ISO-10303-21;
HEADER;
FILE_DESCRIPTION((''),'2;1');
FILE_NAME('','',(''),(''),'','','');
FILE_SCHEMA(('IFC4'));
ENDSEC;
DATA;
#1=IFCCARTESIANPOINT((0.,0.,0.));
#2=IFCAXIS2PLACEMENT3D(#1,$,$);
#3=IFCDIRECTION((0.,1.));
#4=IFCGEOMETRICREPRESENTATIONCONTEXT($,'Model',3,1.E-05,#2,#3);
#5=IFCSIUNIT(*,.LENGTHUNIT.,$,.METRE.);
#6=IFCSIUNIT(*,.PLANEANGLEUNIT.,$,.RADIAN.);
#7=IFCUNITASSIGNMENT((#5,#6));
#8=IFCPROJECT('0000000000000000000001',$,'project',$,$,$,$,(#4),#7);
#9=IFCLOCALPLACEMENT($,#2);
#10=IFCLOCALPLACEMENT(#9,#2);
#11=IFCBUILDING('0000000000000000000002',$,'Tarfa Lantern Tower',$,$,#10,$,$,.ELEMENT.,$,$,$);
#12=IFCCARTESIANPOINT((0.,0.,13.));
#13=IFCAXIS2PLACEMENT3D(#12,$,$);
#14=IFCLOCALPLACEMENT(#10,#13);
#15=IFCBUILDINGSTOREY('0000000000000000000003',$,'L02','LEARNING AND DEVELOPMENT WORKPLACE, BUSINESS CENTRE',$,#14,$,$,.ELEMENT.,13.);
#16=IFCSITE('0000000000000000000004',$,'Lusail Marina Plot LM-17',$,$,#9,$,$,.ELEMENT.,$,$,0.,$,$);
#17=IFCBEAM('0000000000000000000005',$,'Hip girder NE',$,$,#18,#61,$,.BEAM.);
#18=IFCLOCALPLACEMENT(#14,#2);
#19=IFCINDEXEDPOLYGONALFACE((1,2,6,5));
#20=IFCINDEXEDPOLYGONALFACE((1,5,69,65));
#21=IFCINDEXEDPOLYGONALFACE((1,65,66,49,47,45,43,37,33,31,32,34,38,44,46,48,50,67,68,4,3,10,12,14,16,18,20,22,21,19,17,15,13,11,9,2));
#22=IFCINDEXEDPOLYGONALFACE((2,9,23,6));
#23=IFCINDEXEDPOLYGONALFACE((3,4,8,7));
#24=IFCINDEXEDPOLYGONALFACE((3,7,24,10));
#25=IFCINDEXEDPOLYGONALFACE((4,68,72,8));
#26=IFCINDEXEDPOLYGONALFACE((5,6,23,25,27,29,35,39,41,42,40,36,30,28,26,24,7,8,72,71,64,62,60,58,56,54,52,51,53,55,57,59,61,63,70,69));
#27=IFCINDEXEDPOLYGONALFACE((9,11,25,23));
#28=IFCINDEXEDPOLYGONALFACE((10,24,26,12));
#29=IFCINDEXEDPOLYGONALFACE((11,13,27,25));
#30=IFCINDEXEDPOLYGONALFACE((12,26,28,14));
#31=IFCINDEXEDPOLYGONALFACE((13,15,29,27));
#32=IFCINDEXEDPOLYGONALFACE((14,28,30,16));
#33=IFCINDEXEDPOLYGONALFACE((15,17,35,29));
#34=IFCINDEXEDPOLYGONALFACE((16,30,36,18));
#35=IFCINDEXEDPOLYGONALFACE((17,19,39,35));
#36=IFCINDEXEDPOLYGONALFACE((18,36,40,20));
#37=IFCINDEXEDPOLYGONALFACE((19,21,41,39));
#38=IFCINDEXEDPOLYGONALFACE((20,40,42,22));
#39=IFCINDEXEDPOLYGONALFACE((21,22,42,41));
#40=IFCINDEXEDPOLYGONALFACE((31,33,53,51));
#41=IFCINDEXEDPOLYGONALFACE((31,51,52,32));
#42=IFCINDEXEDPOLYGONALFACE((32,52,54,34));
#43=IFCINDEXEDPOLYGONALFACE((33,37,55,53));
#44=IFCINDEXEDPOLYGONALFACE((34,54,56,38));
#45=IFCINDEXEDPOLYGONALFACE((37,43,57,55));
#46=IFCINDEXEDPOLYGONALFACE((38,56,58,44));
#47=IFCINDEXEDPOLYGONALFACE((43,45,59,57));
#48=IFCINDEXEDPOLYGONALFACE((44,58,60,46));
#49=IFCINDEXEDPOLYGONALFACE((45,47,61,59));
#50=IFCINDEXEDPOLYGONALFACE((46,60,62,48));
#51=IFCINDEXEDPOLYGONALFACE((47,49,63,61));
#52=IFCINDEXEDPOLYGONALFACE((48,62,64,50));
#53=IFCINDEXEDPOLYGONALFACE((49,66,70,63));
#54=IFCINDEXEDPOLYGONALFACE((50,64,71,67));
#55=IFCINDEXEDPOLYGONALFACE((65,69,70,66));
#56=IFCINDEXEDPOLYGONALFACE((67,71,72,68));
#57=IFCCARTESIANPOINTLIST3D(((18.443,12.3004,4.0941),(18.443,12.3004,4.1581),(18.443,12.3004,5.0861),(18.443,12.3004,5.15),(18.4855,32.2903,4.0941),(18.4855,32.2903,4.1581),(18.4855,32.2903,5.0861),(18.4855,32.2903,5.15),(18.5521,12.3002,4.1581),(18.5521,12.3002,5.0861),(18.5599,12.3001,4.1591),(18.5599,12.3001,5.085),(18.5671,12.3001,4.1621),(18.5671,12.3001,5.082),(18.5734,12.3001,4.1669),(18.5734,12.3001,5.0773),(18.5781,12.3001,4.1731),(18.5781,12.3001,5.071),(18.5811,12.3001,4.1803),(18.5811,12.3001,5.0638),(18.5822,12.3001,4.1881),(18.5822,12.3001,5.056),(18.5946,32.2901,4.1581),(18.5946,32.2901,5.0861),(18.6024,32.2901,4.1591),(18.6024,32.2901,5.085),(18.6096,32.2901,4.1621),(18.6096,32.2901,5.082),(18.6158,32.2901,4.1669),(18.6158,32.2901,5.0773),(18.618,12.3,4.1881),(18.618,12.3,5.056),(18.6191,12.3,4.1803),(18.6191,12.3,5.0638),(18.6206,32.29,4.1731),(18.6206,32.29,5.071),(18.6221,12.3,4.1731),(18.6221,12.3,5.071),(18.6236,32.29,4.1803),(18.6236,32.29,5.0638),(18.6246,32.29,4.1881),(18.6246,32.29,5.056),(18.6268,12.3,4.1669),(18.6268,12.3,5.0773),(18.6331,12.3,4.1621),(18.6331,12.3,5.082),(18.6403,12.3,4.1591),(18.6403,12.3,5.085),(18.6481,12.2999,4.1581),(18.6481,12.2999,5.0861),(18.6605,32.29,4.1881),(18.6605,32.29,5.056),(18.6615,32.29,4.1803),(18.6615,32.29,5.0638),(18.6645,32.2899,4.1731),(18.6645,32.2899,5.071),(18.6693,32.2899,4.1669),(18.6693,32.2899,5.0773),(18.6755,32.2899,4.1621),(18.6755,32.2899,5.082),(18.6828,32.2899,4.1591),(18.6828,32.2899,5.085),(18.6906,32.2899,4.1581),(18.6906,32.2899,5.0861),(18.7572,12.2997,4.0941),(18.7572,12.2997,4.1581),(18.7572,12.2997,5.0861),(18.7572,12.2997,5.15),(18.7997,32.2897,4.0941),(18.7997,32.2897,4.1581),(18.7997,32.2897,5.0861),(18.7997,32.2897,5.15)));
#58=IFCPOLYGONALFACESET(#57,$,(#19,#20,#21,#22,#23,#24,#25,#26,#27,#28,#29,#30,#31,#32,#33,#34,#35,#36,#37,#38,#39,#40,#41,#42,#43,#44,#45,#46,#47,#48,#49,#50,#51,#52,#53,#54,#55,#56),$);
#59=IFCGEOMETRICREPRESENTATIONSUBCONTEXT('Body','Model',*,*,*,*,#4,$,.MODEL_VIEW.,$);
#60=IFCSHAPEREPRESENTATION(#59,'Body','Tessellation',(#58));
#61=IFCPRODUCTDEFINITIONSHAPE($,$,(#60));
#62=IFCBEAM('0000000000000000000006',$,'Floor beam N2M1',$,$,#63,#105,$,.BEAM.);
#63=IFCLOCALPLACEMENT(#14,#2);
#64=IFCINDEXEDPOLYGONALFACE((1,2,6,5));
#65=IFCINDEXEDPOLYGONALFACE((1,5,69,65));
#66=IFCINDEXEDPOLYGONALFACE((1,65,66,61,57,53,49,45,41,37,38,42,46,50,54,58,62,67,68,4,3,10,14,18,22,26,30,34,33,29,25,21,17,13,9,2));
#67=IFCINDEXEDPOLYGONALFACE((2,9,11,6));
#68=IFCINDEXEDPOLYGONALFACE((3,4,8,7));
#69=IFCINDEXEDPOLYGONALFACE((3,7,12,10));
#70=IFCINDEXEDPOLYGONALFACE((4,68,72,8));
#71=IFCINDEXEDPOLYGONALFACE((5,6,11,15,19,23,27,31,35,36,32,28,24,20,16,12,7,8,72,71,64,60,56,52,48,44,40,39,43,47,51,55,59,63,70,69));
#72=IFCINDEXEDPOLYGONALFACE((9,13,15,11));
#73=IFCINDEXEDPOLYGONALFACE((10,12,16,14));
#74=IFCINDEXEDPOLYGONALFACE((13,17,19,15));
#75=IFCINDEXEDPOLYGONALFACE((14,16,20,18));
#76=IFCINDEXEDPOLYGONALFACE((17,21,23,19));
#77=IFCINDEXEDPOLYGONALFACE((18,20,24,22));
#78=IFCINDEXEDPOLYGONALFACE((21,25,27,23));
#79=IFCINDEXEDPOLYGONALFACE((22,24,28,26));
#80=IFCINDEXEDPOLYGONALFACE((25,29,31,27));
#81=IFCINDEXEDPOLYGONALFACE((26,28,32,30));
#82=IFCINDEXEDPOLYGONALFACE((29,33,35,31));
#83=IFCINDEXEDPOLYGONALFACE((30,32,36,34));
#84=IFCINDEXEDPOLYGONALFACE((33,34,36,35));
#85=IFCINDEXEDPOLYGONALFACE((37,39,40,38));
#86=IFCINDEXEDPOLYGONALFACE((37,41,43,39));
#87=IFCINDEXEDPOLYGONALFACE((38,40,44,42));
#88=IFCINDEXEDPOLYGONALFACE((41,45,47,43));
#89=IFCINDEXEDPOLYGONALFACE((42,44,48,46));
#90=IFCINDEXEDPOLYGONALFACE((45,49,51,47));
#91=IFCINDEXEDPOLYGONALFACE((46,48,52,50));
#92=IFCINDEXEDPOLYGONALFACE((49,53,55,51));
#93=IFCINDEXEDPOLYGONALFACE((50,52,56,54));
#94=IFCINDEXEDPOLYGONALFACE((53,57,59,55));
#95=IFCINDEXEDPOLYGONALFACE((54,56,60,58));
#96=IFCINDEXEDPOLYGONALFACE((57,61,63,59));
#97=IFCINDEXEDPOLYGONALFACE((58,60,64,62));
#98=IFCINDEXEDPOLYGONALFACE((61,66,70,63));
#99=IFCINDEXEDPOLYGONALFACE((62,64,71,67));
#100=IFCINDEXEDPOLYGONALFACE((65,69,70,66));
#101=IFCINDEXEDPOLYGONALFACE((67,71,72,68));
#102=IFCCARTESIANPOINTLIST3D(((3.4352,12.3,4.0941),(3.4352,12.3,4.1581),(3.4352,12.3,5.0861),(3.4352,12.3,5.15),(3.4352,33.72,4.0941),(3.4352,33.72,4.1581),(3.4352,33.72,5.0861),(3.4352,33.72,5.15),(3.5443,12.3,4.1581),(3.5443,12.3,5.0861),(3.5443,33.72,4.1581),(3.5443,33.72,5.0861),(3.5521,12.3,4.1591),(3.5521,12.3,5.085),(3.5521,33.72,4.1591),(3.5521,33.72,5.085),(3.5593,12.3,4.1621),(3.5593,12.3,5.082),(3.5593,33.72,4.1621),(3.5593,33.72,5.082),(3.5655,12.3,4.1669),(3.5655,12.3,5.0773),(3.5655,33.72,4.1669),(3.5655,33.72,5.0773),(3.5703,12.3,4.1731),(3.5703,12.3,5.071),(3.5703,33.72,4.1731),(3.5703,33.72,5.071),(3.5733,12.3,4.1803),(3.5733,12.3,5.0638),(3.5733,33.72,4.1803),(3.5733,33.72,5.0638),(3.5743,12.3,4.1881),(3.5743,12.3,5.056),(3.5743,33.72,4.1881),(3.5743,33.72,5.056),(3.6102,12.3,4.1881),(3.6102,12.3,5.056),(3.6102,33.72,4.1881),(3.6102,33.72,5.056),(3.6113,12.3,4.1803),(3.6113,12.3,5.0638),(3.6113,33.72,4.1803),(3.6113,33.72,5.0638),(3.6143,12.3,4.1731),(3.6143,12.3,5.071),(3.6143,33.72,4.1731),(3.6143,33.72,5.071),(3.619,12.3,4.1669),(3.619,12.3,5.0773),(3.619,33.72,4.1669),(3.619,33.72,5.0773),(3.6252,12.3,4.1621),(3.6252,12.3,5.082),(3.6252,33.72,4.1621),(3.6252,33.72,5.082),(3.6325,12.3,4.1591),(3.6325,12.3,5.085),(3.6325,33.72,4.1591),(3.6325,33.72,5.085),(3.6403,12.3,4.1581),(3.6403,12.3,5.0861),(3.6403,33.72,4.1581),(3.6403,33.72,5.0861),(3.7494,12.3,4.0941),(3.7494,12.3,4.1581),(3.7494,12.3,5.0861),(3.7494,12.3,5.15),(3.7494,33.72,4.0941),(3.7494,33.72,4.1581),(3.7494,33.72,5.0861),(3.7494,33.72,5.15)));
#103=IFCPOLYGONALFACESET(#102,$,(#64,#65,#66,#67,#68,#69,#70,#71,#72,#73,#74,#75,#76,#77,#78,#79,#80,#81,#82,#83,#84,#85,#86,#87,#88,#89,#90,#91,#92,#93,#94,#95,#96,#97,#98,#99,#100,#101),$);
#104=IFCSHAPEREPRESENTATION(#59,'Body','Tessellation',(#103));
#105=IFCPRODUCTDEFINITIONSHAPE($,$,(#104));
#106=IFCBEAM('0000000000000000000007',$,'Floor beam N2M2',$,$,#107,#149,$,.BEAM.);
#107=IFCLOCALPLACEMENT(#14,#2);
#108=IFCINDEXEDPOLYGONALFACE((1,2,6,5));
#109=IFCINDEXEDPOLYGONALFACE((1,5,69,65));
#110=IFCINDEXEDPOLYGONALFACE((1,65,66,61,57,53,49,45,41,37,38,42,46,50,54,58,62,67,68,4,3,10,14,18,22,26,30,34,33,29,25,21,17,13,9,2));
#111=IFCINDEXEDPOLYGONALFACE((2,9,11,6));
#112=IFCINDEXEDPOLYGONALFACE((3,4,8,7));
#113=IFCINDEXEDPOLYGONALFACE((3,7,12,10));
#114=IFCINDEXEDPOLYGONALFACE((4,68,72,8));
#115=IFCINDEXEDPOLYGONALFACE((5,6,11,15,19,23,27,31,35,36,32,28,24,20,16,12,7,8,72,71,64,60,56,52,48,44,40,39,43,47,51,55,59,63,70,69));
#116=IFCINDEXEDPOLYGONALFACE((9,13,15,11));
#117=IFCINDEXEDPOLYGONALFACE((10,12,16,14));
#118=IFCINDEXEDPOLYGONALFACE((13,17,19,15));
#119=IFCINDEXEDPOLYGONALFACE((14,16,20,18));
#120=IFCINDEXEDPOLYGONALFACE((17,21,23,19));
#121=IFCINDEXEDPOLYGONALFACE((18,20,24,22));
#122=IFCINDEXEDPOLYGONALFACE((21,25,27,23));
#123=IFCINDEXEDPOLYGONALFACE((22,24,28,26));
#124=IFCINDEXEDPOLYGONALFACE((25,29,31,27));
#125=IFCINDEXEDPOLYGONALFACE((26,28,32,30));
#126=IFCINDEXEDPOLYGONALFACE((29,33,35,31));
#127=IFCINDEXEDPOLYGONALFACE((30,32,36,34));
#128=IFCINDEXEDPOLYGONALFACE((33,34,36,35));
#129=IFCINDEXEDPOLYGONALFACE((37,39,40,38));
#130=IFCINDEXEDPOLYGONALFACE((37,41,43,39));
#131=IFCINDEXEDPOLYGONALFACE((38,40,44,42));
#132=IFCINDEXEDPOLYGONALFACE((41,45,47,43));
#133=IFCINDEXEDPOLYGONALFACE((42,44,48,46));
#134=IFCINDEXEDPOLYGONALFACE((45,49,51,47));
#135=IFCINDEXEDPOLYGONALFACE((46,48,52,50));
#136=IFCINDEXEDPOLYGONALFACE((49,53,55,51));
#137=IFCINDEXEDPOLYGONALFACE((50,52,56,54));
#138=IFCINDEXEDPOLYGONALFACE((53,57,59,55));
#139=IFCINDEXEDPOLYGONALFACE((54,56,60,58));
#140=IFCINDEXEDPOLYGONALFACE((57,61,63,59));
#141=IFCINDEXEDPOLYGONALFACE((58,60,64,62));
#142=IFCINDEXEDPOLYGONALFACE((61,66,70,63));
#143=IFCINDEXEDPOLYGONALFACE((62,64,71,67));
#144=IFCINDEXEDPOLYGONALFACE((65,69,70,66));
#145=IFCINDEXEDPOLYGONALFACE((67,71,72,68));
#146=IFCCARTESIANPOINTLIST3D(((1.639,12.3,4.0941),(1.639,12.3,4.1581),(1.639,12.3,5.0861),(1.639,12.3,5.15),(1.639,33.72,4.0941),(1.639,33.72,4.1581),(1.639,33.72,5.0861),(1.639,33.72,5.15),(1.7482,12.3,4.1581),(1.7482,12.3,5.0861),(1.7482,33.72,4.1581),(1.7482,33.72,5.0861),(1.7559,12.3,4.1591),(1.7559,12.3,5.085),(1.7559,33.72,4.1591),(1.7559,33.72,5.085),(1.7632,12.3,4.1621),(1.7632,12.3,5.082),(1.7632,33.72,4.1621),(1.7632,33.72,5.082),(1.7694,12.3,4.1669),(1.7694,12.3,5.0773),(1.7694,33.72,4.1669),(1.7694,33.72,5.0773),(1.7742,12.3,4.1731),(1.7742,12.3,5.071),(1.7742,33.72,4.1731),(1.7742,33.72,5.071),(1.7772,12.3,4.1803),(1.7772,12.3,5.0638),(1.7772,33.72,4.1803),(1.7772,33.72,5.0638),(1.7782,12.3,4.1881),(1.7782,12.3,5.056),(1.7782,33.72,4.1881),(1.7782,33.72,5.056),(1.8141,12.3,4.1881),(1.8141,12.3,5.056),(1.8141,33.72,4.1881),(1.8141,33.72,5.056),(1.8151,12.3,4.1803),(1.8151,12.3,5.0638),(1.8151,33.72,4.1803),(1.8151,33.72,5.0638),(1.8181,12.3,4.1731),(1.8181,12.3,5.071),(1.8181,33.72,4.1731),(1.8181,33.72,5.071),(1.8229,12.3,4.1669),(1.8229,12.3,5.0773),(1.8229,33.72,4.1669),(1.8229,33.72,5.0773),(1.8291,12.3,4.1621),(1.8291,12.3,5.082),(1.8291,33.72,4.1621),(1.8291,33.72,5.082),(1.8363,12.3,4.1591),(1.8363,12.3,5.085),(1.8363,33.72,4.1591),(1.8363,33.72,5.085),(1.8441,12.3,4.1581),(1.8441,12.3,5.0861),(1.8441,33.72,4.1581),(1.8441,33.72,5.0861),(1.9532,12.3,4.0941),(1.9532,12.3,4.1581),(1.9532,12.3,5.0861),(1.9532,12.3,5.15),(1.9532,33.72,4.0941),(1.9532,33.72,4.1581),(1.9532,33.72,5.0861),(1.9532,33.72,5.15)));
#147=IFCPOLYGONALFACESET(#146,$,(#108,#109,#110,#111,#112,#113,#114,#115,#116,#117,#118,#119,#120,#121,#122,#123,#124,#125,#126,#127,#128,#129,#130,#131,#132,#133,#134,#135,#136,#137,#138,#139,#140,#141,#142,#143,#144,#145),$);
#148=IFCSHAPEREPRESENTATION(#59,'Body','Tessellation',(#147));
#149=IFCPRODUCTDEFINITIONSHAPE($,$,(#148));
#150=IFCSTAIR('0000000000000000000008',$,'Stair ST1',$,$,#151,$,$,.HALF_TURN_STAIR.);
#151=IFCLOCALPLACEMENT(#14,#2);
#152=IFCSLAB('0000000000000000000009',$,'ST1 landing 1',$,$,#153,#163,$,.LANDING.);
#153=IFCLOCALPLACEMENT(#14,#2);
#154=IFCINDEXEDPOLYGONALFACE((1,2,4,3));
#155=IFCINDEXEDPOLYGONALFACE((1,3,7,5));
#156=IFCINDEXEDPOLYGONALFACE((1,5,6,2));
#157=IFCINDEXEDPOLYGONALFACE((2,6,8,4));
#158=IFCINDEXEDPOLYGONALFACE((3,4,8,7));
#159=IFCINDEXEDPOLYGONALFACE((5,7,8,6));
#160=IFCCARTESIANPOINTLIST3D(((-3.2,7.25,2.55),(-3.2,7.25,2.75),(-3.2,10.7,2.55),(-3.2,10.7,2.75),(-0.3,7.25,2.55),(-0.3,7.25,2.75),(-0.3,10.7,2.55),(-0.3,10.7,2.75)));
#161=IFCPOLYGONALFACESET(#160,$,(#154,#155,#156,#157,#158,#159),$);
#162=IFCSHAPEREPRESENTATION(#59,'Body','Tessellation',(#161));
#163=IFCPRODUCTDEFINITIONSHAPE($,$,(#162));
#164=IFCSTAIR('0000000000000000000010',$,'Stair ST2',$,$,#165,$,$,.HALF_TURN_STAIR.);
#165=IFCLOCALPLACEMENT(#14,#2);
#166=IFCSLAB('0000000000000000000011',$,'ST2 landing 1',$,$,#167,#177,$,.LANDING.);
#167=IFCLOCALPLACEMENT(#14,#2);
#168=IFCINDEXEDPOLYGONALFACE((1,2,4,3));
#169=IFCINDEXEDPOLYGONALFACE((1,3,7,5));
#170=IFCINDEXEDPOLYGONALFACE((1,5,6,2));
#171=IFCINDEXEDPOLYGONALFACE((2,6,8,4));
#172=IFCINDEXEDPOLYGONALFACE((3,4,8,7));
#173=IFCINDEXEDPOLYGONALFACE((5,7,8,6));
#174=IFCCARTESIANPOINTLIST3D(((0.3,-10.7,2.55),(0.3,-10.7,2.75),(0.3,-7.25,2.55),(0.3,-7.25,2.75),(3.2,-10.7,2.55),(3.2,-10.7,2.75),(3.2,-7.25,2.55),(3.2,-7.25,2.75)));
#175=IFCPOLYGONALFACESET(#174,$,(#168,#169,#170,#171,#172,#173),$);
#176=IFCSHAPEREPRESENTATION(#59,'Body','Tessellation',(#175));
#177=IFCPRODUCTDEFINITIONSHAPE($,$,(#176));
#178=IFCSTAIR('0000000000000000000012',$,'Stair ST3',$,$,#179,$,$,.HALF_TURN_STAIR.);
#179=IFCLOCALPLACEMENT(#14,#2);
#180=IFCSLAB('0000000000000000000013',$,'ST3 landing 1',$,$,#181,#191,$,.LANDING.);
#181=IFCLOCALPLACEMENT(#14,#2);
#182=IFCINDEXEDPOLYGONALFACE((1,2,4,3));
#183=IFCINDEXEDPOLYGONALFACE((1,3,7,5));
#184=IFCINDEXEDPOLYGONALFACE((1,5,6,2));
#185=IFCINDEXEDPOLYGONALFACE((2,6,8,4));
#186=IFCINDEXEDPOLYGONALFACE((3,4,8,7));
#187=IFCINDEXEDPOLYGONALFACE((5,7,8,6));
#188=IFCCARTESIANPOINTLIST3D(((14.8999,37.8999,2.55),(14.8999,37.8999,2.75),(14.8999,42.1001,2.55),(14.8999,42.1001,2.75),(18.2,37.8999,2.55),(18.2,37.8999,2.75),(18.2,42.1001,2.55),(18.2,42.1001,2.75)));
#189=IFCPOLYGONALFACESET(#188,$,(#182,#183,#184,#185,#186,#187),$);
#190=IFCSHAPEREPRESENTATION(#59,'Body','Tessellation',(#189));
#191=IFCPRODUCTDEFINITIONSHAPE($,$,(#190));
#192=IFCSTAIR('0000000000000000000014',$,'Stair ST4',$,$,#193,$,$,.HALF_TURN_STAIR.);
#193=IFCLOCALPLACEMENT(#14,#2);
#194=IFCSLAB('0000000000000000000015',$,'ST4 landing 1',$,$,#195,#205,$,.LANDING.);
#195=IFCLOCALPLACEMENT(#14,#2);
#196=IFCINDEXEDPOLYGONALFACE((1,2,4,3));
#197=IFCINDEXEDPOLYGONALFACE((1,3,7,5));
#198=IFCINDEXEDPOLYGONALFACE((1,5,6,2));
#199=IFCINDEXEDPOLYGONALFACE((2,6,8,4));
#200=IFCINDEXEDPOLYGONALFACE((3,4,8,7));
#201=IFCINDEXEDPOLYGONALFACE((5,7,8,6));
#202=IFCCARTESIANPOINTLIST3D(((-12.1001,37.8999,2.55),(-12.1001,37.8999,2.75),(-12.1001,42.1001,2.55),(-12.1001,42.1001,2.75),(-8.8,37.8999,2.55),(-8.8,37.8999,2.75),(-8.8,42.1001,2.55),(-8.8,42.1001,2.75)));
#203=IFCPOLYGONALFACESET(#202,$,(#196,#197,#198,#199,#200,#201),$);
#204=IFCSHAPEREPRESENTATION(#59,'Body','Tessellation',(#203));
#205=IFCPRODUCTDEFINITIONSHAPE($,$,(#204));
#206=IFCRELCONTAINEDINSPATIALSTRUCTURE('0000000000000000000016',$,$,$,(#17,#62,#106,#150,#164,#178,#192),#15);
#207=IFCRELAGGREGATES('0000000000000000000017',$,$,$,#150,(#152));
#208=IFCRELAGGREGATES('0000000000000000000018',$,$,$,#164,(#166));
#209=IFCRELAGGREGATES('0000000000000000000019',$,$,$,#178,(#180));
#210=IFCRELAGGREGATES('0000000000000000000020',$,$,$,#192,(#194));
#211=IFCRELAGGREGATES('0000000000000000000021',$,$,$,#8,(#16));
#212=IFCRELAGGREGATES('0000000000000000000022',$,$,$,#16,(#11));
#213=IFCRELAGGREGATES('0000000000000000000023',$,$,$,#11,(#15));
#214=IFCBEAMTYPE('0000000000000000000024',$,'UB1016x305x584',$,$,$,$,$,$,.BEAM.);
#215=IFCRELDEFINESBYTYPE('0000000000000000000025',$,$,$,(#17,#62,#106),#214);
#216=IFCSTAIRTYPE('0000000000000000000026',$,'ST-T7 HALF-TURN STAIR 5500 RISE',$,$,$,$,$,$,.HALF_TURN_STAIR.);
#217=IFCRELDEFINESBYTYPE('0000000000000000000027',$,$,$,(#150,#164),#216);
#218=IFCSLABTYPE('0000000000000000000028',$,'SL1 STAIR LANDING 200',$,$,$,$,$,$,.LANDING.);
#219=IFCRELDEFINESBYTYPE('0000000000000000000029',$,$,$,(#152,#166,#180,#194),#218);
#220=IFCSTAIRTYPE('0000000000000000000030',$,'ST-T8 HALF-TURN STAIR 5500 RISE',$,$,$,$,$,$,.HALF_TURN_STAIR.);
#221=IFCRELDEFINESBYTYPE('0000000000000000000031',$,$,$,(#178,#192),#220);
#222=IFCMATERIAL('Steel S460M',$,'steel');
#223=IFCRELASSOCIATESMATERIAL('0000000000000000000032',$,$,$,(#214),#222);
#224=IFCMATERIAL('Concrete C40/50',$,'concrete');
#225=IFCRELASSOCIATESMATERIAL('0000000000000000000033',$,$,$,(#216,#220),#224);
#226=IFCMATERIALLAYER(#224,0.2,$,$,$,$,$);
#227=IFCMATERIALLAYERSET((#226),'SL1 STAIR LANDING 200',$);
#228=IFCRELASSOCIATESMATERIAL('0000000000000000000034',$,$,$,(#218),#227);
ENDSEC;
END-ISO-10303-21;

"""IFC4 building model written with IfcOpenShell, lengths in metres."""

from ifc_helpers import new_model, si_unit, direction, frame, origin, origin_2d, place, context, subcontext, project, spatial, polyline, i_section, outline, extrude, material, layer, layer_set, material_profile, profile_set, type_object, element, aggregate, save


model = new_model("IFC4")

# Units and contexts
model_context = context("Model", 3, precision=1e-05, world=origin(), true_north=direction((0.0, 1.0)))
body_context = subcontext(model_context, "Body", "Model", "MODEL_VIEW")
ifc_project = project(units=[si_unit("LENGTHUNIT", "METRE"), si_unit("PLANEANGLEUNIT", "RADIAN")], contexts=[model_context])

# Site, building, storey
site_placement = place(None, origin())
site = spatial("IfcSite", under=ifc_project, at=site_placement, Name="Lusail Marina Plot LM-17", CompositionType="ELEMENT", RefElevation=0.0)
building_placement = place(site_placement, origin())
building = spatial("IfcBuilding", under=site, at=building_placement, Name="Tarfa Lantern Tower", CompositionType="ELEMENT")
storey_placement = place(building_placement, frame((0.0, 0.0, 13.0)))
storey = spatial("IfcBuildingStorey", under=building, at=storey_placement, Name="L02", Description="LEARNING AND DEVELOPMENT WORKPLACE, BUSINESS CENTRE", CompositionType="ELEMENT", Elevation=13.0)

# Beams
ifc_material_1 = material(Name="Steel S460M", Category="steel")
ifc_material_profile_1 = material_profile(ifc_material_1, i_section(OverallWidth=0.3142, OverallDepth=1.0559, WebThickness=0.0359, FlangeThickness=0.064, FilletRadius=0.03, at=origin_2d()), Name="UB1016x305x584")
ifc_profile_set_1 = profile_set([ifc_material_profile_1], Name="Steel S460M")
beam_type_1 = type_object("IfcBeamType", Name="UB1016x305x584", PredefinedType="BEAM", material=ifc_profile_set_1)
beam_1_placement = place(storey_placement, frame((18.6001, 12.3, 4.6221), z_axis=(0.002125, 0.999998, 0.0), x_axis=(-0.999998, 0.002125, 0.0)))
element("IfcBeam", 1, at=beam_1_placement, inside=storey, type_object=beam_type_1, Name="Hip girder NE", PredefinedType="BEAM", context=body_context, shape_type="SweptSolid", body=[
    extrude(i_section(OverallWidth=0.3142, OverallDepth=1.0559, WebThickness=0.0359, FlangeThickness=0.064, FilletRadius=0.03, at=origin_2d()), origin(), (0.0, 0.0, 1.0), 19.99),
])
for number, where, z_axis, x_axis, name in (
    (2, (3.5923, 33.72, 4.6221), (0.0, -1.0, 0.0), (1.0, 0.0, 0.0), "Floor beam N2M1"),
    (3, (1.7961, 33.72, 4.6221), (0.0, -1.0, 0.0), (1.0, 0.0, 0.0), "Floor beam N2M2"),
):
    element("IfcBeam", number, at=place(storey_placement, frame(where, z_axis=z_axis, x_axis=x_axis)), inside=storey, type_object=beam_type_1, Name=name, PredefinedType="BEAM", context=body_context, shape_type="SweptSolid", body=[
        extrude(i_section(OverallWidth=0.3142, OverallDepth=1.0559, WebThickness=0.0359, FlangeThickness=0.064, FilletRadius=0.03, at=origin_2d()), origin(), (0.0, 0.0, 1.0), 21.4199),
    ])

# Stairs, slabs
ifc_material_2 = material(Name="Concrete C40/50", Category="concrete")
stair_type_1 = type_object("IfcStairType", Name="ST-T7 HALF-TURN STAIR 5500 RISE", PredefinedType="HALF_TURN_STAIR", material=ifc_material_2)
stair_1_placement = place(storey_placement, origin())
stair_1 = element("IfcStair", 4, at=stair_1_placement, inside=storey, type_object=stair_type_1, Name="Stair ST1", PredefinedType="HALF_TURN_STAIR")
ifc_layer_1 = layer(ifc_material_2, 0.2)
ifc_layer_set_1 = layer_set([ifc_layer_1], Name="SL1 STAIR LANDING 200")
slab_type = type_object("IfcSlabType", Name="SL1 STAIR LANDING 200", PredefinedType="LANDING", material=ifc_layer_set_1)
slab_1_placement = place(storey_placement, frame((0.0, 0.0, 2.55)))
slab_1 = element("IfcSlab", 5, at=slab_1_placement, type_object=slab_type, Name="ST1 landing 1", PredefinedType="LANDING", context=body_context, shape_type="SweptSolid", body=[
    extrude(outline(polyline([(-3.2, 7.25), (-0.3, 7.25), (-0.3, 10.7), (-3.2, 10.7), (-3.2, 7.25)])), origin(), (0.0, 0.0, 1.0), 0.2),
])
aggregate(stair_1, [slab_1])
stair_2_placement = place(storey_placement, origin())
stair_2 = element("IfcStair", 6, at=stair_2_placement, inside=storey, type_object=stair_type_1, Name="Stair ST2", PredefinedType="HALF_TURN_STAIR")
slab_2_placement = place(storey_placement, frame((0.0, 0.0, 2.55)))
slab_2 = element("IfcSlab", 7, at=slab_2_placement, type_object=slab_type, Name="ST2 landing 1", PredefinedType="LANDING", context=body_context, shape_type="SweptSolid", body=[
    extrude(outline(polyline([(3.2, -7.25), (0.3, -7.25), (0.3, -10.7), (3.2, -10.7), (3.2, -7.25)])), origin(), (0.0, 0.0, 1.0), 0.2),
])
aggregate(stair_2, [slab_2])
stair_type_2 = type_object("IfcStairType", Name="ST-T8 HALF-TURN STAIR 5500 RISE", PredefinedType="HALF_TURN_STAIR", material=ifc_material_2)
stair_3_placement = place(storey_placement, origin())
stair_3 = element("IfcStair", 8, at=stair_3_placement, inside=storey, type_object=stair_type_2, Name="Stair ST3", PredefinedType="HALF_TURN_STAIR")
slab_3_placement = place(storey_placement, frame((0.0, 0.0, 2.55)))
slab_3 = element("IfcSlab", 9, at=slab_3_placement, type_object=slab_type, Name="ST3 landing 1", PredefinedType="LANDING", context=body_context, shape_type="SweptSolid", body=[
    extrude(outline(polyline([(14.8999, 37.8999), (18.2, 37.8999), (18.2, 42.1001), (14.8999, 42.1001), (14.8999, 37.8999)])), origin(), (0.0, 0.0, 1.0), 0.2),
])
aggregate(stair_3, [slab_3])
stair_4_placement = place(storey_placement, origin())
stair_4 = element("IfcStair", 10, at=stair_4_placement, inside=storey, type_object=stair_type_2, Name="Stair ST4", PredefinedType="HALF_TURN_STAIR")
slab_4_placement = place(storey_placement, frame((0.0, 0.0, 2.55)))
slab_4 = element("IfcSlab", 11, at=slab_4_placement, type_object=slab_type, Name="ST4 landing 1", PredefinedType="LANDING", context=body_context, shape_type="SweptSolid", body=[
    extrude(outline(polyline([(-12.1001, 37.8999), (-8.8, 37.8999), (-8.8, 42.1001), (-12.1001, 42.1001), (-12.1001, 37.8999)])), origin(), (0.0, 0.0, 1.0), 0.2),
])
aggregate(stair_4, [slab_4])

save(model, "model.ifc")
